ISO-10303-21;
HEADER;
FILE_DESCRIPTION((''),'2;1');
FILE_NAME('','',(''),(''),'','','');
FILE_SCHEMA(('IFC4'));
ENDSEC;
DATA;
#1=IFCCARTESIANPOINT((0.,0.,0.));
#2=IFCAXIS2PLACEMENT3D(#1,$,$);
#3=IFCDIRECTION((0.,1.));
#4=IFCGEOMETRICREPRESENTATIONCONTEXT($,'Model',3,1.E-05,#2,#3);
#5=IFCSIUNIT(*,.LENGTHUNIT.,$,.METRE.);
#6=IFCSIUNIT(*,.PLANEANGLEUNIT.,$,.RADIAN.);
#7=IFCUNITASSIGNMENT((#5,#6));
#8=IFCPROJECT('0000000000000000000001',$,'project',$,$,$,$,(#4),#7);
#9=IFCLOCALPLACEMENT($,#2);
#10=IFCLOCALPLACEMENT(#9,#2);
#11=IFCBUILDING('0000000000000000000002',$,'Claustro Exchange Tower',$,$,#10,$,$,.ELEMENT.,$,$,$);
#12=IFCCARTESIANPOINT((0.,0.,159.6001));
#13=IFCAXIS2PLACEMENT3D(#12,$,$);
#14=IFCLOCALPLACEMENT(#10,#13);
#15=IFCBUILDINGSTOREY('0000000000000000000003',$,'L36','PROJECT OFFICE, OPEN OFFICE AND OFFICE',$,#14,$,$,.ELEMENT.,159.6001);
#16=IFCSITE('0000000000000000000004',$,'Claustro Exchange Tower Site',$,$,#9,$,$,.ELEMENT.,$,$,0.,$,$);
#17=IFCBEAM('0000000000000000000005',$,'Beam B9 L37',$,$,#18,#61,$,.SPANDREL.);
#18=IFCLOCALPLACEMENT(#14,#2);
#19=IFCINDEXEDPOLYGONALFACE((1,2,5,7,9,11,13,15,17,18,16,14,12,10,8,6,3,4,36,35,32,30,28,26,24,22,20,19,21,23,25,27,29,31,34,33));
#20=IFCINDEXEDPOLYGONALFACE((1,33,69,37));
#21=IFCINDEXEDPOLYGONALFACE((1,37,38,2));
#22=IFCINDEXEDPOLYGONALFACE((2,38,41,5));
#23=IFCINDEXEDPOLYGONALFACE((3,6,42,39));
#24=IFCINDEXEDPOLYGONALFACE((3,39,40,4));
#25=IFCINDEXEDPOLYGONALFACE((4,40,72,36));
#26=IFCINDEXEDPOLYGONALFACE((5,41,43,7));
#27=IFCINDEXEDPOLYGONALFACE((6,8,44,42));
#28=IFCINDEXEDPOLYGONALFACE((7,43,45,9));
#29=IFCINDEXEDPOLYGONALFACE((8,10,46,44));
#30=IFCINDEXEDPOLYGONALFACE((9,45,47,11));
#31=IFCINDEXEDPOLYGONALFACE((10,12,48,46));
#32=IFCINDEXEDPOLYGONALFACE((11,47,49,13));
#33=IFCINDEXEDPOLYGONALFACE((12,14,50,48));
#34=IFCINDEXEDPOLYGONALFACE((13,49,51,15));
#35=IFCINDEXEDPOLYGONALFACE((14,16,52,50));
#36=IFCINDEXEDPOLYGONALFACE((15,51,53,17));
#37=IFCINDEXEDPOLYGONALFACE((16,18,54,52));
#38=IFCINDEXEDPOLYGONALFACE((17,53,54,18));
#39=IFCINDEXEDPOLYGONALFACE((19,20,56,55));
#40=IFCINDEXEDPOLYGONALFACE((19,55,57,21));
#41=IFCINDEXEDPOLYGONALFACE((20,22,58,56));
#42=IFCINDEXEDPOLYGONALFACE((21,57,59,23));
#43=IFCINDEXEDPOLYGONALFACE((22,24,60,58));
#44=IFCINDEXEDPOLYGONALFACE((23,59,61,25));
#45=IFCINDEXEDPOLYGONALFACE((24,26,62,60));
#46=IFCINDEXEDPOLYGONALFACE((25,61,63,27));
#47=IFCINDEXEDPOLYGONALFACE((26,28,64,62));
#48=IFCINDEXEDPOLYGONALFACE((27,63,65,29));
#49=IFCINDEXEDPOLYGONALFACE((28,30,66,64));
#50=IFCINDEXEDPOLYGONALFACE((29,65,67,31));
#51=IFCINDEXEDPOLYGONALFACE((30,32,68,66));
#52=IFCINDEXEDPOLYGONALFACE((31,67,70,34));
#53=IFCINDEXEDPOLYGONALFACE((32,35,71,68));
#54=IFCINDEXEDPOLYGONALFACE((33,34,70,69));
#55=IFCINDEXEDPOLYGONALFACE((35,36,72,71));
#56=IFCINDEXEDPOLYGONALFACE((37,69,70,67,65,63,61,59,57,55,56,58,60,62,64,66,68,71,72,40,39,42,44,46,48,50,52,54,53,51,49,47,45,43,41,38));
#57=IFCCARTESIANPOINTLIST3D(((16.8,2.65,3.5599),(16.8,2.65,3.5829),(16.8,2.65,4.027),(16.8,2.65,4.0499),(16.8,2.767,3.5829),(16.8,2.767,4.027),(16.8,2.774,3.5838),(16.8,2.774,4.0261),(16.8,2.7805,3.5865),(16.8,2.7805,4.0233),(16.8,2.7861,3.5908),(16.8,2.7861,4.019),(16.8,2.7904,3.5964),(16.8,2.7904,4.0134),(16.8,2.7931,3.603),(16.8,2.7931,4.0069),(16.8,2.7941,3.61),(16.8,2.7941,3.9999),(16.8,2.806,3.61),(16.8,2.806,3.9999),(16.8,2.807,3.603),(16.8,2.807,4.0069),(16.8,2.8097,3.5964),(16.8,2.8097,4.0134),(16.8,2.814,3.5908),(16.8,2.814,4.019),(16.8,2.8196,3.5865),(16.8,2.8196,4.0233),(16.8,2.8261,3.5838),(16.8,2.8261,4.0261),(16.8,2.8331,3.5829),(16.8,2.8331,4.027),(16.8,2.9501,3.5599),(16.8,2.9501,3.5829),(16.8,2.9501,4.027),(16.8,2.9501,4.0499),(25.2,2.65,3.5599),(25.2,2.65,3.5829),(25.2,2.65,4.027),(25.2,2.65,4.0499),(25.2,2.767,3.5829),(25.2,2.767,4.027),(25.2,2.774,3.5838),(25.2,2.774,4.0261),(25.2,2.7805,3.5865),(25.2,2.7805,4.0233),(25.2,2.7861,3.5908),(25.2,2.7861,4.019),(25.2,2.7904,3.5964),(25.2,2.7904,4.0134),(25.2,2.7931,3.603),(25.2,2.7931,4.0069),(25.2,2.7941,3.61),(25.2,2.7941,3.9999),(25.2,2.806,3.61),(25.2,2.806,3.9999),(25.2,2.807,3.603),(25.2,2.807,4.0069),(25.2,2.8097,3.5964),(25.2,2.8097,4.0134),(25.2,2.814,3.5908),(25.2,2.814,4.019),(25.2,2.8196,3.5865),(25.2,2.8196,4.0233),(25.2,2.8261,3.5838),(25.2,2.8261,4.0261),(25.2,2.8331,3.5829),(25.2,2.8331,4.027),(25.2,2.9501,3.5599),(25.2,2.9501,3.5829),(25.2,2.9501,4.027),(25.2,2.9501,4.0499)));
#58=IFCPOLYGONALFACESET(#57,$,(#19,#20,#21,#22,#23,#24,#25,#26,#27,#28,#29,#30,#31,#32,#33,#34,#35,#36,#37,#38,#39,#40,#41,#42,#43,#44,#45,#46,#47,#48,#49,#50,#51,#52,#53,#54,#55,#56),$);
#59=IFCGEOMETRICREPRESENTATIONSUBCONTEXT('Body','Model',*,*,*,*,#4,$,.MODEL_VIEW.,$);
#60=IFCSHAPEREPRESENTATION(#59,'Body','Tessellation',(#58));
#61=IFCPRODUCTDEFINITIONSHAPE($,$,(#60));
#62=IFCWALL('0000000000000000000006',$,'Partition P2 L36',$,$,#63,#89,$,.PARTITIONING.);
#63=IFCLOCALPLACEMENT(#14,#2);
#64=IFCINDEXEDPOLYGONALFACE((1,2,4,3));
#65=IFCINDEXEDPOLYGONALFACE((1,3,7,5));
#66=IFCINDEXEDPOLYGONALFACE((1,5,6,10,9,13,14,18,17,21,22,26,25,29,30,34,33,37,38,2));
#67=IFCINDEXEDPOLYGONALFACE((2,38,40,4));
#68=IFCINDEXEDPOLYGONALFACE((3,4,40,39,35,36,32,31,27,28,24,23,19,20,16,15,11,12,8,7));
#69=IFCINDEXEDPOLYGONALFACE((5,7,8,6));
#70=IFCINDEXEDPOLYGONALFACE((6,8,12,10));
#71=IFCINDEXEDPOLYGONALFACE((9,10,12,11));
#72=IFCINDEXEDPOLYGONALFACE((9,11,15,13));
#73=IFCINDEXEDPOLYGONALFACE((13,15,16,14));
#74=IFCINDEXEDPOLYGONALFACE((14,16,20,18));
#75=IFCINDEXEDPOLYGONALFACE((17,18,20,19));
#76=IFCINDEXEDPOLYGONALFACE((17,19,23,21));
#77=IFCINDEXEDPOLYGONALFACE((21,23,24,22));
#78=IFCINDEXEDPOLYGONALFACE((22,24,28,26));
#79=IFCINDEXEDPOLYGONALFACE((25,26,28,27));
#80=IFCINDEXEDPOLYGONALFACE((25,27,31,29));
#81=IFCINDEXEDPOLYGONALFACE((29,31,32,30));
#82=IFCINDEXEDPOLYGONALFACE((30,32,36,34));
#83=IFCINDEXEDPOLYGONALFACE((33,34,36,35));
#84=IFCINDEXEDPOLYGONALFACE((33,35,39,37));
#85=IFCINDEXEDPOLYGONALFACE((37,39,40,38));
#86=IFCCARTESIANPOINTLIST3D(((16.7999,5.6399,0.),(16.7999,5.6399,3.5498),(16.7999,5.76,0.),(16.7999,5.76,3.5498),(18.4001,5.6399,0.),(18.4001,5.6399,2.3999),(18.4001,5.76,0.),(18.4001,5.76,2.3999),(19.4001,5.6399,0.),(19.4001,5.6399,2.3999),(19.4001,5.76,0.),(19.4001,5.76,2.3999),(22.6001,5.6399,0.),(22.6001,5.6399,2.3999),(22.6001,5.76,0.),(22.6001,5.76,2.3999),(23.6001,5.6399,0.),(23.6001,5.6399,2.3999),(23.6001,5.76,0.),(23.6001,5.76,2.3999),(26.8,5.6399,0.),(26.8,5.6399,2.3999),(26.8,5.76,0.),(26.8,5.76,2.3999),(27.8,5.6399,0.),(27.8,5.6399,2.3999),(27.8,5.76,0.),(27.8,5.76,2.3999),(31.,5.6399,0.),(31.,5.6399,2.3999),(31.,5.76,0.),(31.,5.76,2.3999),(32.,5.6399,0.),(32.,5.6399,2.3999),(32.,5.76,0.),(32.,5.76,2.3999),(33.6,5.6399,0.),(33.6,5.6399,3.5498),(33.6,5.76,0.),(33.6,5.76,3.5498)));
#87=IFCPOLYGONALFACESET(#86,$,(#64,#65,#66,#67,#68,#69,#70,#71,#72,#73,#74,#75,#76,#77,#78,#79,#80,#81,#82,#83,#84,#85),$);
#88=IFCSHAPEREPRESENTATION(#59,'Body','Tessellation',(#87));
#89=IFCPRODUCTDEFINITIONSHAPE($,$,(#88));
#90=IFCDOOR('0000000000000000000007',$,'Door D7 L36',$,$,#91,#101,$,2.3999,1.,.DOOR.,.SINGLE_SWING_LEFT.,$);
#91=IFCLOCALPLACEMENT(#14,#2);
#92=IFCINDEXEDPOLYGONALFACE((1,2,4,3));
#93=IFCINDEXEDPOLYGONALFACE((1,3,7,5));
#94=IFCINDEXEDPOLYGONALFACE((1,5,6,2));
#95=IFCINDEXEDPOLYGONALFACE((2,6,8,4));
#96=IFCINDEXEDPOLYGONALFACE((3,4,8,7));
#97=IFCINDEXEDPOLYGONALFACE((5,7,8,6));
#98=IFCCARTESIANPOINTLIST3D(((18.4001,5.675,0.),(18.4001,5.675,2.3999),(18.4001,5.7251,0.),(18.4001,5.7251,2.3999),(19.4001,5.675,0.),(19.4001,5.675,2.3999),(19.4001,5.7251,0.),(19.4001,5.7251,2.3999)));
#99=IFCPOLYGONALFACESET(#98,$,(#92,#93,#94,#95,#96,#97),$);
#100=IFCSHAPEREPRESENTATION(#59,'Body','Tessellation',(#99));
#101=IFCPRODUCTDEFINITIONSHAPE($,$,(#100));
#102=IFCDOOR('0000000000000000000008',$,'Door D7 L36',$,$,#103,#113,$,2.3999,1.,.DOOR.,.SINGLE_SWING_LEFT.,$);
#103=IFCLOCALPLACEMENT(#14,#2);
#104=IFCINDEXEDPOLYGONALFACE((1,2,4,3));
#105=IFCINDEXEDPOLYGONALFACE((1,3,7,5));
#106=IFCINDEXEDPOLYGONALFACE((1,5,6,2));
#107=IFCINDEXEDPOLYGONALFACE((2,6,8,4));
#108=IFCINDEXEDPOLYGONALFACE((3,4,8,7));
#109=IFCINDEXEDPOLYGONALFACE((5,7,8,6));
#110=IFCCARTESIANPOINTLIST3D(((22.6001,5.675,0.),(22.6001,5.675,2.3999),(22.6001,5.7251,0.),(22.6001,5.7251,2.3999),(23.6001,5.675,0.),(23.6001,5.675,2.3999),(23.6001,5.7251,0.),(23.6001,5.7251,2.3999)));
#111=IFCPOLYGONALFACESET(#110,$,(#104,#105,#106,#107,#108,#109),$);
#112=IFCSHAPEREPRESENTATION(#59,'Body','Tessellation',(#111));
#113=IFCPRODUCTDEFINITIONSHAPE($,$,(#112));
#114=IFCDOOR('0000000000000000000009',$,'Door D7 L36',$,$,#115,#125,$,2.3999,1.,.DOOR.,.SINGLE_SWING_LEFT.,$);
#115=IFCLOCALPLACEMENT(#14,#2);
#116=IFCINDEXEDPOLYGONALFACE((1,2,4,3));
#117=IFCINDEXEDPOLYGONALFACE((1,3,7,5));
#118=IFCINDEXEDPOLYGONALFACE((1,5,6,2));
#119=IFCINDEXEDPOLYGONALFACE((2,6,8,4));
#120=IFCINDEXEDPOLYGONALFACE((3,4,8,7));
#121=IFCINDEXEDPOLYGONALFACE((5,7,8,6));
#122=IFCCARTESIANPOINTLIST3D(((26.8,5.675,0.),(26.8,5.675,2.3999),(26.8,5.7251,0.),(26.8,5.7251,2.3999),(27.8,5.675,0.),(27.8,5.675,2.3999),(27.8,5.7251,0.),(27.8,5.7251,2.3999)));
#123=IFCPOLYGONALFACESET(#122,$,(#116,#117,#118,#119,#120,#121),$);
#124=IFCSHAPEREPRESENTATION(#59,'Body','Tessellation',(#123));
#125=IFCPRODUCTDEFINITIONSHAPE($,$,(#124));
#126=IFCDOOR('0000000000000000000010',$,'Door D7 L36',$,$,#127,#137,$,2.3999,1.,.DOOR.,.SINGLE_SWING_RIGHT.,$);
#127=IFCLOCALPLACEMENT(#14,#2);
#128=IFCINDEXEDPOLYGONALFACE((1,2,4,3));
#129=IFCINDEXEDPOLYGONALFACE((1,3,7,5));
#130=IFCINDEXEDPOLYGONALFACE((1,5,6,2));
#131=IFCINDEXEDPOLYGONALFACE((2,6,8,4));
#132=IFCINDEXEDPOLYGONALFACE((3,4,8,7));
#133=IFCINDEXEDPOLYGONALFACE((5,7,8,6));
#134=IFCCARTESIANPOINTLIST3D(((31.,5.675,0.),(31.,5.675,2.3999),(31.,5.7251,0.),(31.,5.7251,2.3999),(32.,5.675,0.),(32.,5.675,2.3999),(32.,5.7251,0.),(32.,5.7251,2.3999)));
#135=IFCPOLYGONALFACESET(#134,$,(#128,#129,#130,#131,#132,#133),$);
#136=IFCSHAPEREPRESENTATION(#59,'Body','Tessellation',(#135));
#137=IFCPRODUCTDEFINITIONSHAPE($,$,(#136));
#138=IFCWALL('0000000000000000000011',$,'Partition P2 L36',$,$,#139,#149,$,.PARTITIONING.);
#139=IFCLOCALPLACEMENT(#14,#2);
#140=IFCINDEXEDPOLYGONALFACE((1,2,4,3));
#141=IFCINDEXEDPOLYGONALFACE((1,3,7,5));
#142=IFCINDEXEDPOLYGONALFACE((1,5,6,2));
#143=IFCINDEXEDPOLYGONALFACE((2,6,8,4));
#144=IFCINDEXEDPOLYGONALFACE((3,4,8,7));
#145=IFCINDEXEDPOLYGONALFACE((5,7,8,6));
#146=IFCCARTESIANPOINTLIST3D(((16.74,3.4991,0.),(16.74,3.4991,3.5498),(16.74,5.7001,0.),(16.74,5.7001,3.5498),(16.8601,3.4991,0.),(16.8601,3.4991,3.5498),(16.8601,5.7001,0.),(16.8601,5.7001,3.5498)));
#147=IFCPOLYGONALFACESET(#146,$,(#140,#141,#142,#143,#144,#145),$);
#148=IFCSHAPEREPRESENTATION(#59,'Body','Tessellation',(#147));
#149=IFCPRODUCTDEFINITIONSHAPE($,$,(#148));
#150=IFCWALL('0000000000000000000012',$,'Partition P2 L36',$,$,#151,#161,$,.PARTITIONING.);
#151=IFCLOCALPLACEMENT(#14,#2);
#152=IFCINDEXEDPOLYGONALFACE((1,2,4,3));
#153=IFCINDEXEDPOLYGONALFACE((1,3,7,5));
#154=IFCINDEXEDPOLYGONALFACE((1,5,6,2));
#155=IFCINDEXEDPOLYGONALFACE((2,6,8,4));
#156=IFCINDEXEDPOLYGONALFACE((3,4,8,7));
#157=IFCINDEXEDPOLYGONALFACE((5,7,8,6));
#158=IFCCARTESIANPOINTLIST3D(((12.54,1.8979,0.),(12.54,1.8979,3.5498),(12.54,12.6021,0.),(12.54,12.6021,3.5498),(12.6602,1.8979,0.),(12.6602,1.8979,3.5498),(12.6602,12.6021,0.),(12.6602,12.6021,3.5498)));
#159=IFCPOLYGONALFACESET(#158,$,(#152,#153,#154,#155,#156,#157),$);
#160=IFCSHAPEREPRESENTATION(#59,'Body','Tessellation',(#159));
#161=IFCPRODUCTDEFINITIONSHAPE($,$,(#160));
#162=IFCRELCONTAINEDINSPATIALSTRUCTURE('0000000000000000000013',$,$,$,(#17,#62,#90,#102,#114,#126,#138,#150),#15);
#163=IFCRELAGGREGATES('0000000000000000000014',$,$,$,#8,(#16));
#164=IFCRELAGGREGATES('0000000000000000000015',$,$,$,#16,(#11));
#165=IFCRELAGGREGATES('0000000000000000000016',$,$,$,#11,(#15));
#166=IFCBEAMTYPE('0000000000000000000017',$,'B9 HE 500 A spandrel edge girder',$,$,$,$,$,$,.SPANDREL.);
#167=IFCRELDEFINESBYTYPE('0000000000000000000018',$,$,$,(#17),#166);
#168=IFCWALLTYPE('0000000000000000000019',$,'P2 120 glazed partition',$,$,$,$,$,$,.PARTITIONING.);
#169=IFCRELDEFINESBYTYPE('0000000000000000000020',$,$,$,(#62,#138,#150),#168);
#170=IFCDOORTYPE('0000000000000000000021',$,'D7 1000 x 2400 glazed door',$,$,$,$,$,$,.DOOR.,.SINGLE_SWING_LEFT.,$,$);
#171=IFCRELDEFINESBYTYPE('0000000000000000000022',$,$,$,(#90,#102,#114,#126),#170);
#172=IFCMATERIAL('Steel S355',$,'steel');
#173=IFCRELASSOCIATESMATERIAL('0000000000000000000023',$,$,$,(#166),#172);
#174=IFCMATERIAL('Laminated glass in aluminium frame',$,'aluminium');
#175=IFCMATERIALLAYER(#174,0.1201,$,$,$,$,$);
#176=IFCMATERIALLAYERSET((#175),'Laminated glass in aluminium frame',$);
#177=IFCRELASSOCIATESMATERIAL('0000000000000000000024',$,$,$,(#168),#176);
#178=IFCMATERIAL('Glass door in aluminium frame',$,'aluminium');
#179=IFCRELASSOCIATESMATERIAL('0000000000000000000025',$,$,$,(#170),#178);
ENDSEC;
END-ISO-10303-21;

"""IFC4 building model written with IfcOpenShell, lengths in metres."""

from ifc_helpers import new_model, si_unit, direction, frame, frame_2d, origin, origin_2d, place, context, subcontext, project, spatial, rectangle, i_section, extrude, material, layer, layer_set, material_profile, profile_set, type_object, element, fill, save


model = new_model("IFC4")

# Units and contexts
model_context = context("Model", 3, precision=1e-05, world=origin(), true_north=direction((0.0, 1.0)))
body_context = subcontext(model_context, "Body", "Model", "MODEL_VIEW")
ifc_project = project(units=[si_unit("LENGTHUNIT", "METRE"), si_unit("PLANEANGLEUNIT", "RADIAN")], contexts=[model_context])

# Site, building, storey
site_placement = place(None, origin())
site = spatial("IfcSite", under=ifc_project, at=site_placement, Name="Claustro Exchange Tower Site", CompositionType="ELEMENT", RefElevation=0.0)
building_placement = place(site_placement, origin())
building = spatial("IfcBuilding", under=site, at=building_placement, Name="Claustro Exchange Tower", CompositionType="ELEMENT")
storey_placement = place(building_placement, frame((0.0, 0.0, 159.6001)))
storey = spatial("IfcBuildingStorey", under=building, at=storey_placement, Name="L36", Description="PROJECT OFFICE, OPEN OFFICE AND OFFICE", CompositionType="ELEMENT", Elevation=159.6001)

# Beam
ifc_material_1 = material(Name="Steel S355", Category="steel")
ifc_material_profile_1 = material_profile(ifc_material_1, i_section(OverallWidth=0.3, OverallDepth=0.49, WebThickness=0.012, FlangeThickness=0.0229, FilletRadius=0.0271, at=origin_2d()), Name="HE 500 A")
ifc_profile_set_1 = profile_set([ifc_material_profile_1], Name="Steel S355")
beam_type_1 = type_object("IfcBeamType", Name="B9 HE 500 A spandrel edge girder", PredefinedType="SPANDREL", material=ifc_profile_set_1)
beam_1_placement = place(storey_placement, frame((16.8, 2.8, 3.8049), z_axis=(1.0, 0.0, 0.0), x_axis=(0.0, 1.0, 0.0)))
element("IfcBeam", 1, at=beam_1_placement, inside=storey, type_object=beam_type_1, Name="Beam B9 L37", PredefinedType="SPANDREL", context=body_context, shape_type="SweptSolid", body=[
    extrude(i_section(OverallWidth=0.3, OverallDepth=0.49, WebThickness=0.012, FlangeThickness=0.0229, FilletRadius=0.0271, at=origin_2d()), origin(), (0.0, 0.0, 1.0), 8.3999),
])

# Wall, openings, doors
ifc_material_2 = material(Name="Laminated glass in aluminium frame", Category="aluminium")
ifc_layer_1 = layer(ifc_material_2, 0.1201)
ifc_layer_set_1 = layer_set([ifc_layer_1], Name="Laminated glass in aluminium frame")
wall_type_1 = type_object("IfcWallType", Name="P2 120 glazed partition", PredefinedType="PARTITIONING", material=ifc_layer_set_1)
wall_1_placement = place(storey_placement, frame((16.8, 5.7, 0.0), z_axis=(0.0, 0.0, 1.0), x_axis=(1.0, 0.0, 0.0)))
wall_1 = element("IfcWall", 2, at=wall_1_placement, inside=storey, type_object=wall_type_1, Name="Partition P2 L36", PredefinedType="PARTITIONING", context=body_context, shape_type="SweptSolid", body=[
    extrude(rectangle(XDim=16.8, YDim=0.1201, at=frame_2d((8.3999, 0.0))), origin(), (0.0, 0.0, 1.0), 3.5498),
])
opening_1_placement = place(wall_1_placement, frame((1.6001, 0.0, 0.0)))
opening_1 = element("IfcOpeningElement", 3, at=opening_1_placement, cuts=wall_1, PredefinedType="OPENING", context=body_context, shape_type="SweptSolid", body=[
    extrude(rectangle(XDim=1.0, YDim=2.3999, at=frame_2d((0.5, 1.2))), frame((0.0, 0.0701, 0.0), z_axis=(0.0, -1.0, 0.0), x_axis=(1.0, 0.0, 0.0)), (0.0, 0.0, 1.0), 0.1401),
])
opening_2_placement = place(wall_1_placement, frame((5.8, 0.0, 0.0)))
opening_2 = element("IfcOpeningElement", 4, at=opening_2_placement, cuts=wall_1, PredefinedType="OPENING", context=body_context, shape_type="SweptSolid", body=[
    extrude(rectangle(XDim=1.0, YDim=2.3999, at=frame_2d((0.5, 1.2))), frame((0.0, 0.0701, 0.0), z_axis=(0.0, -1.0, 0.0), x_axis=(1.0, 0.0, 0.0)), (0.0, 0.0, 1.0), 0.1401),
])
opening_3_placement = place(wall_1_placement, frame((10.0, 0.0, 0.0)))
opening_3 = element("IfcOpeningElement", 5, at=opening_3_placement, cuts=wall_1, PredefinedType="OPENING", context=body_context, shape_type="SweptSolid", body=[
    extrude(rectangle(XDim=1.0, YDim=2.3999, at=frame_2d((0.5, 1.2))), frame((0.0, 0.0701, 0.0), z_axis=(0.0, -1.0, 0.0), x_axis=(1.0, 0.0, 0.0)), (0.0, 0.0, 1.0), 0.1401),
])
opening_4_placement = place(wall_1_placement, frame((14.2, 0.0, 0.0)))
opening_4 = element("IfcOpeningElement", 6, at=opening_4_placement, cuts=wall_1, PredefinedType="OPENING", context=body_context, shape_type="SweptSolid", body=[
    extrude(rectangle(XDim=1.0, YDim=2.3999, at=frame_2d((0.5, 1.2))), frame((0.0, 0.0701, 0.0), z_axis=(0.0, -1.0, 0.0), x_axis=(1.0, 0.0, 0.0)), (0.0, 0.0, 1.0), 0.1401),
])
ifc_material_3 = material(Name="Glass door in aluminium frame", Category="aluminium")
door_type = type_object("IfcDoorType", Name="D7 1000 x 2400 glazed door", OperationType="SINGLE_SWING_LEFT", PredefinedType="DOOR", material=ifc_material_3)
door_1_placement = place(opening_1_placement, frame((1.0, 0.0, 0.0), z_axis=(0.0, 0.0, 1.0), x_axis=(-1.0, 0.0, 0.0)))
door_1 = element("IfcDoor", 7, at=door_1_placement, inside=storey, type_object=door_type, Name="Door D7 L36", OperationType="SINGLE_SWING_LEFT", OverallHeight=2.3999, OverallWidth=1.0, PredefinedType="DOOR", context=body_context, shape_type="SweptSolid", body=[
    extrude(rectangle(XDim=1.0, YDim=2.3999, at=frame_2d((0.5, 1.2))), frame((0.0, 0.0249, 0.0), z_axis=(0.0, -1.0, 0.0), x_axis=(1.0, 0.0, 0.0)), (0.0, 0.0, 1.0), 0.05),
])
fill(opening_1, door_1)
door_2_placement = place(opening_2_placement, frame((1.0, 0.0, 0.0), z_axis=(0.0, 0.0, 1.0), x_axis=(-1.0, 0.0, 0.0)))
door_2 = element("IfcDoor", 8, at=door_2_placement, inside=storey, type_object=door_type, Name="Door D7 L36", OperationType="SINGLE_SWING_LEFT", OverallHeight=2.3999, OverallWidth=1.0, PredefinedType="DOOR", context=body_context, shape_type="SweptSolid", body=[
    extrude(rectangle(XDim=1.0, YDim=2.3999, at=frame_2d((0.5, 1.2))), frame((0.0, 0.0249, 0.0), z_axis=(0.0, -1.0, 0.0), x_axis=(1.0, 0.0, 0.0)), (0.0, 0.0, 1.0), 0.05),
])
fill(opening_2, door_2)
door_3_placement = place(opening_3_placement, frame((1.0, 0.0, 0.0), z_axis=(0.0, 0.0, 1.0), x_axis=(-1.0, 0.0, 0.0)))
door_3 = element("IfcDoor", 9, at=door_3_placement, inside=storey, type_object=door_type, Name="Door D7 L36", OperationType="SINGLE_SWING_LEFT", OverallHeight=2.3999, OverallWidth=1.0, PredefinedType="DOOR", context=body_context, shape_type="SweptSolid", body=[
    extrude(rectangle(XDim=1.0, YDim=2.3999, at=frame_2d((0.5, 1.2))), frame((0.0, 0.0249, 0.0), z_axis=(0.0, -1.0, 0.0), x_axis=(1.0, 0.0, 0.0)), (0.0, 0.0, 1.0), 0.05),
])
fill(opening_3, door_3)
door_4_placement = place(opening_4_placement, frame((1.0, 0.0, 0.0), z_axis=(0.0, 0.0, 1.0), x_axis=(-1.0, 0.0, 0.0)))
door_4 = element("IfcDoor", 10, at=door_4_placement, inside=storey, type_object=door_type, Name="Door D7 L36", OperationType="SINGLE_SWING_RIGHT", OverallHeight=2.3999, OverallWidth=1.0, PredefinedType="DOOR", context=body_context, shape_type="SweptSolid", body=[
    extrude(rectangle(XDim=1.0, YDim=2.3999, at=frame_2d((0.5, 1.2))), frame((0.0, 0.0249, 0.0), z_axis=(0.0, -1.0, 0.0), x_axis=(1.0, 0.0, 0.0)), (0.0, 0.0, 1.0), 0.05),
])
fill(opening_4, door_4)

# Walls
wall_2_placement = place(storey_placement, frame((16.8, 3.499, 0.0), z_axis=(0.0, 0.0, 1.0), x_axis=(0.0, 1.0, 0.0)))
element("IfcWall", 11, at=wall_2_placement, inside=storey, type_object=wall_type_1, Name="Partition P2 L36", PredefinedType="PARTITIONING", context=body_context, shape_type="SweptSolid", body=[
    extrude(rectangle(XDim=2.2009, YDim=0.1201, at=frame_2d((1.1006, 0.0))), origin(), (0.0, 0.0, 1.0), 3.5498),
])
wall_3_placement = place(storey_placement, frame((12.6001, 1.8979, 0.0), z_axis=(0.0, 0.0, 1.0), x_axis=(0.0, 1.0, 0.0)))
element("IfcWall", 12, at=wall_3_placement, inside=storey, type_object=wall_type_1, Name="Partition P2 L36", PredefinedType="PARTITIONING", context=body_context, shape_type="SweptSolid", body=[
    extrude(rectangle(XDim=10.7041, YDim=0.1201, at=frame_2d((5.3521, 0.0))), origin(), (0.0, 0.0, 1.0), 3.5498),
])

save(model, "model.ifc")
